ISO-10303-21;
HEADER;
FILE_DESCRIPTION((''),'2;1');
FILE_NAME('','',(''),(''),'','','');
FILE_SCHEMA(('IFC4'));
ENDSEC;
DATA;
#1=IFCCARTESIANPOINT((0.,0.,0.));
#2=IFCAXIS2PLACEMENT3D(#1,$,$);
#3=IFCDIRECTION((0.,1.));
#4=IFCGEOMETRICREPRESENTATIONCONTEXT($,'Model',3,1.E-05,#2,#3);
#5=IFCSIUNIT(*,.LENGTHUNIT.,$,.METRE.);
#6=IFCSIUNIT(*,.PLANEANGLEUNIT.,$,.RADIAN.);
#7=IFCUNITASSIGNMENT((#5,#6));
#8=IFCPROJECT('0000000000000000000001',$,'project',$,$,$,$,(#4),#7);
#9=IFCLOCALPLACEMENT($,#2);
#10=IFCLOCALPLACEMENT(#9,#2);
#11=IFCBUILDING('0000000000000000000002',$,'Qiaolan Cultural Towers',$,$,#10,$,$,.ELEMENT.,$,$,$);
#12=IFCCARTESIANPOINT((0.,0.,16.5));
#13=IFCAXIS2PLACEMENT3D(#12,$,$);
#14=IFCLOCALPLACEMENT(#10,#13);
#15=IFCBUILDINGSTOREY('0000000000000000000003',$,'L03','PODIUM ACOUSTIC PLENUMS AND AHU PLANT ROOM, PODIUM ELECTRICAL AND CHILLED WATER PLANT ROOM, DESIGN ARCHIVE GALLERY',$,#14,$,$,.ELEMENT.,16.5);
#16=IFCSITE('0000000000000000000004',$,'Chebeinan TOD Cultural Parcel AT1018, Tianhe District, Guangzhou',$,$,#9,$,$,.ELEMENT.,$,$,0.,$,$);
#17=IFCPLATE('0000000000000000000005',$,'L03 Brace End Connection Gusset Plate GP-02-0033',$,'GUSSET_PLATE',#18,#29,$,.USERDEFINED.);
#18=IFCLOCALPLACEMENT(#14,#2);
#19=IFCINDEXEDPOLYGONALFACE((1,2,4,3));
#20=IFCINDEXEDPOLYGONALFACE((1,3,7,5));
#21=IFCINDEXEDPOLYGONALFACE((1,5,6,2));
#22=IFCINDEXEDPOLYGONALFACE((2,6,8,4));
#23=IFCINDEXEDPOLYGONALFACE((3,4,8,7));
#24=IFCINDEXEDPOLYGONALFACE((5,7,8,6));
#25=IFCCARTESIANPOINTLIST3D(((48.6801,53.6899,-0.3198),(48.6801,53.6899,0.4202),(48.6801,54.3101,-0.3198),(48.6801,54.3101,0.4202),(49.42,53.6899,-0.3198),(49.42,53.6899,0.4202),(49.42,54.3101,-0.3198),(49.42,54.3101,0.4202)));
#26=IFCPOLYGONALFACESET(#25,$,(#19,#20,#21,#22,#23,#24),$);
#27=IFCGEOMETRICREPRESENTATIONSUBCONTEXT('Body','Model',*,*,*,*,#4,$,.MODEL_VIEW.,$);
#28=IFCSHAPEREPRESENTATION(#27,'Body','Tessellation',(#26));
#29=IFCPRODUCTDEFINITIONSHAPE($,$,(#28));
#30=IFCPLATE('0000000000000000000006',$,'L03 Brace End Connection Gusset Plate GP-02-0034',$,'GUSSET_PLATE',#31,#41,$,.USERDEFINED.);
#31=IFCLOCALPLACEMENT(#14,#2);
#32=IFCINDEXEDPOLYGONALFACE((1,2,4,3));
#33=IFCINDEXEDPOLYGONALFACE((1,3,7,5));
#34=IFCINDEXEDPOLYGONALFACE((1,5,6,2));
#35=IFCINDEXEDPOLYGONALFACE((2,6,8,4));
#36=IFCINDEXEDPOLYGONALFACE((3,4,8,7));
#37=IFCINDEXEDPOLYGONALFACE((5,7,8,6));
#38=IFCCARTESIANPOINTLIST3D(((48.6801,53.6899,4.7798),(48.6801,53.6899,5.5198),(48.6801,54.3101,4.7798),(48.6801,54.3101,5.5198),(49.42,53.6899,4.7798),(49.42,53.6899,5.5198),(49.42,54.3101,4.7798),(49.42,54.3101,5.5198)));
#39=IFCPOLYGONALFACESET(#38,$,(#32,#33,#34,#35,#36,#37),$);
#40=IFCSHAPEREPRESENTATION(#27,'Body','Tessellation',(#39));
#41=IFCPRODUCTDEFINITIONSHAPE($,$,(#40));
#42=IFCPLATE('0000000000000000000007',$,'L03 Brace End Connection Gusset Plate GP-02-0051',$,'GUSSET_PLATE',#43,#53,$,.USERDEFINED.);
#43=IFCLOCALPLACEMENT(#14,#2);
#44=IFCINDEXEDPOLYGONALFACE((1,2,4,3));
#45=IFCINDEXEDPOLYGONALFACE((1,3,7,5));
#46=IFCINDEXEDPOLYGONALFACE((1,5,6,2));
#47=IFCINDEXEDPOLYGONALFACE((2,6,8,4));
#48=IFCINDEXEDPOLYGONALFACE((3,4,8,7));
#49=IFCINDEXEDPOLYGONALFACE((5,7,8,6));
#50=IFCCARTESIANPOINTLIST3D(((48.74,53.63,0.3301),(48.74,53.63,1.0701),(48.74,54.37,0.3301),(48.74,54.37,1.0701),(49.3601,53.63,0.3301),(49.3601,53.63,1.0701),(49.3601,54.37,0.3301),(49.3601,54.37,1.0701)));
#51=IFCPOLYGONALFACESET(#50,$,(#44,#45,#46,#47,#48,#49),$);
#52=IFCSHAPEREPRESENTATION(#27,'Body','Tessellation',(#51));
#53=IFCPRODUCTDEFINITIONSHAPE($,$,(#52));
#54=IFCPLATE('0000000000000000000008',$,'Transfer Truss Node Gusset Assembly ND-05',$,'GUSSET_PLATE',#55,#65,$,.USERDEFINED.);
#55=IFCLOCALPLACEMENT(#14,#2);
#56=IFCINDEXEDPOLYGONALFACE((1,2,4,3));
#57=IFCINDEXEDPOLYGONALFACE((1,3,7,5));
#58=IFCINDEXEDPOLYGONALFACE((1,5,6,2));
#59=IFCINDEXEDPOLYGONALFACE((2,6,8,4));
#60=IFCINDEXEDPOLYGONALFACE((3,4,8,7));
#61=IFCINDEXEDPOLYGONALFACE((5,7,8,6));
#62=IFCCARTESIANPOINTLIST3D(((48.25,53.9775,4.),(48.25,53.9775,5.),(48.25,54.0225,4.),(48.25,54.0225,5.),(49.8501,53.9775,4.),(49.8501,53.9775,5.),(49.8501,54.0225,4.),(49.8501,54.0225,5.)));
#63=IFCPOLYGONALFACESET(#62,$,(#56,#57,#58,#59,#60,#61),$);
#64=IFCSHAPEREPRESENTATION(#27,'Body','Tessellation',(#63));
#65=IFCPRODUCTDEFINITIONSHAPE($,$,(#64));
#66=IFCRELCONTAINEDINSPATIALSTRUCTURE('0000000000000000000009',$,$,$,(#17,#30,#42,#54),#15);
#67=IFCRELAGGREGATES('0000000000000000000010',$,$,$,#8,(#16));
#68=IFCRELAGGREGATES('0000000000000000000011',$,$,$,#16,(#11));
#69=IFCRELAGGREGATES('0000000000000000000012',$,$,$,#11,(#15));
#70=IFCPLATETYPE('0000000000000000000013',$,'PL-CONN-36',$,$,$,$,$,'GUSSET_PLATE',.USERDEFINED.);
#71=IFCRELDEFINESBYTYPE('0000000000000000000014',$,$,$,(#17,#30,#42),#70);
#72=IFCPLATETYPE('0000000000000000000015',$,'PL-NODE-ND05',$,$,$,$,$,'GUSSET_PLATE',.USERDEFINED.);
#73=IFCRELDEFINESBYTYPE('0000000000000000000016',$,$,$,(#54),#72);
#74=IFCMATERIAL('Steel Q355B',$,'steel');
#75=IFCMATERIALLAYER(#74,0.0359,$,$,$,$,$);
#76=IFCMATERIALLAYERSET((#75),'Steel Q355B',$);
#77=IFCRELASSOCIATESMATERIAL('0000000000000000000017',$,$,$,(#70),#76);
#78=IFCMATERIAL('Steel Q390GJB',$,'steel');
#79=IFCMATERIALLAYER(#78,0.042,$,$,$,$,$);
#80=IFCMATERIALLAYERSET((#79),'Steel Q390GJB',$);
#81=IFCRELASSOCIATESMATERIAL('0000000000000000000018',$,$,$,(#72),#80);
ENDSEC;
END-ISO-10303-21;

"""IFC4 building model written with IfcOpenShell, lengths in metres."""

from ifc_helpers import new_model, si_unit, direction, frame, origin, origin_2d, place, context, subcontext, project, spatial, rectangle, extrude, material, layer, layer_set, type_object, element, save


model = new_model("IFC4")

# Units and contexts
model_context = context("Model", 3, precision=1e-05, world=origin(), true_north=direction((0.0, 1.0)))
body_context = subcontext(model_context, "Body", "Model", "MODEL_VIEW")
ifc_project = project(units=[si_unit("LENGTHUNIT", "METRE"), si_unit("PLANEANGLEUNIT", "RADIAN")], contexts=[model_context])

# Site, building, storey
site_placement = place(None, origin())
site = spatial("IfcSite", under=ifc_project, at=site_placement, Name="Chebeinan TOD Cultural Parcel AT1018, Tianhe District, Guangzhou", CompositionType="ELEMENT", RefElevation=0.0)
building_placement = place(site_placement, origin())
building = spatial("IfcBuilding", under=site, at=building_placement, Name="Qiaolan Cultural Towers", CompositionType="ELEMENT")
storey_placement = place(building_placement, frame((0.0, 0.0, 16.5)))
storey = spatial("IfcBuildingStorey", under=building, at=storey_placement, Name="L03", Description="PODIUM ACOUSTIC PLENUMS AND AHU PLANT ROOM, PODIUM ELECTRICAL AND CHILLED WATER PLANT ROOM, DESIGN ARCHIVE GALLERY", CompositionType="ELEMENT", Elevation=16.5)

# Plates
ifc_material_1 = material(Name="Steel Q355B", Category="steel")
ifc_layer_1 = layer(ifc_material_1, 0.0359)
ifc_layer_set_1 = layer_set([ifc_layer_1], Name="Steel Q355B")
plate_type_1 = type_object("IfcPlateType", Name="PL-CONN-36", ElementType="GUSSET_PLATE", PredefinedType="USERDEFINED", material=ifc_layer_set_1)
for number, where, z_axis, x_axis, name in (
    (1, (49.05, 54.0, -0.3198), (0.0, 0.0, 1.0), (1.0, 0.0, 0.0), "L03 Brace End Connection Gusset Plate GP-02-0033"),
    (2, (49.05, 54.0, 4.7798), (0.0, 0.0, 1.0), (1.0, 0.0, 0.0), "L03 Brace End Connection Gusset Plate GP-02-0034"),
    (3, (49.05, 54.0, 0.3301), (0.0, 0.0, 1.0), (0.0, 1.0, 0.0), "L03 Brace End Connection Gusset Plate GP-02-0051"),
):
    element("IfcPlate", number, at=place(storey_placement, frame(where, z_axis=z_axis, x_axis=x_axis)), inside=storey, type_object=plate_type_1, Name=name, ObjectType="GUSSET_PLATE", PredefinedType="USERDEFINED", context=body_context, shape_type="SweptSolid", body=[
        extrude(rectangle(XDim=0.74, YDim=0.6201, at=origin_2d()), origin(), (0.0, 0.0, 1.0), 0.74),
    ])
ifc_material_2 = material(Name="Steel Q390GJB", Category="steel")
ifc_layer_2 = layer(ifc_material_2, 0.042)
ifc_layer_set_2 = layer_set([ifc_layer_2], Name="Steel Q390GJB")
plate_type_2 = type_object("IfcPlateType", Name="PL-NODE-ND05", ElementType="GUSSET_PLATE", PredefinedType="USERDEFINED", material=ifc_layer_set_2)
plate_1_placement = place(storey_placement, frame((49.05, 54.0, 4.0), z_axis=(0.0, 0.0, 1.0), x_axis=(1.0, 0.0, 0.0)))
element("IfcPlate", 4, at=plate_1_placement, inside=storey, type_object=plate_type_2, Name="Transfer Truss Node Gusset Assembly ND-05", ObjectType="GUSSET_PLATE", PredefinedType="USERDEFINED", context=body_context, shape_type="SweptSolid", body=[
    extrude(rectangle(XDim=1.6001, YDim=0.0449, at=origin_2d()), origin(), (0.0, 0.0, 1.0), 1.0),
])

save(model, "model.ifc")
